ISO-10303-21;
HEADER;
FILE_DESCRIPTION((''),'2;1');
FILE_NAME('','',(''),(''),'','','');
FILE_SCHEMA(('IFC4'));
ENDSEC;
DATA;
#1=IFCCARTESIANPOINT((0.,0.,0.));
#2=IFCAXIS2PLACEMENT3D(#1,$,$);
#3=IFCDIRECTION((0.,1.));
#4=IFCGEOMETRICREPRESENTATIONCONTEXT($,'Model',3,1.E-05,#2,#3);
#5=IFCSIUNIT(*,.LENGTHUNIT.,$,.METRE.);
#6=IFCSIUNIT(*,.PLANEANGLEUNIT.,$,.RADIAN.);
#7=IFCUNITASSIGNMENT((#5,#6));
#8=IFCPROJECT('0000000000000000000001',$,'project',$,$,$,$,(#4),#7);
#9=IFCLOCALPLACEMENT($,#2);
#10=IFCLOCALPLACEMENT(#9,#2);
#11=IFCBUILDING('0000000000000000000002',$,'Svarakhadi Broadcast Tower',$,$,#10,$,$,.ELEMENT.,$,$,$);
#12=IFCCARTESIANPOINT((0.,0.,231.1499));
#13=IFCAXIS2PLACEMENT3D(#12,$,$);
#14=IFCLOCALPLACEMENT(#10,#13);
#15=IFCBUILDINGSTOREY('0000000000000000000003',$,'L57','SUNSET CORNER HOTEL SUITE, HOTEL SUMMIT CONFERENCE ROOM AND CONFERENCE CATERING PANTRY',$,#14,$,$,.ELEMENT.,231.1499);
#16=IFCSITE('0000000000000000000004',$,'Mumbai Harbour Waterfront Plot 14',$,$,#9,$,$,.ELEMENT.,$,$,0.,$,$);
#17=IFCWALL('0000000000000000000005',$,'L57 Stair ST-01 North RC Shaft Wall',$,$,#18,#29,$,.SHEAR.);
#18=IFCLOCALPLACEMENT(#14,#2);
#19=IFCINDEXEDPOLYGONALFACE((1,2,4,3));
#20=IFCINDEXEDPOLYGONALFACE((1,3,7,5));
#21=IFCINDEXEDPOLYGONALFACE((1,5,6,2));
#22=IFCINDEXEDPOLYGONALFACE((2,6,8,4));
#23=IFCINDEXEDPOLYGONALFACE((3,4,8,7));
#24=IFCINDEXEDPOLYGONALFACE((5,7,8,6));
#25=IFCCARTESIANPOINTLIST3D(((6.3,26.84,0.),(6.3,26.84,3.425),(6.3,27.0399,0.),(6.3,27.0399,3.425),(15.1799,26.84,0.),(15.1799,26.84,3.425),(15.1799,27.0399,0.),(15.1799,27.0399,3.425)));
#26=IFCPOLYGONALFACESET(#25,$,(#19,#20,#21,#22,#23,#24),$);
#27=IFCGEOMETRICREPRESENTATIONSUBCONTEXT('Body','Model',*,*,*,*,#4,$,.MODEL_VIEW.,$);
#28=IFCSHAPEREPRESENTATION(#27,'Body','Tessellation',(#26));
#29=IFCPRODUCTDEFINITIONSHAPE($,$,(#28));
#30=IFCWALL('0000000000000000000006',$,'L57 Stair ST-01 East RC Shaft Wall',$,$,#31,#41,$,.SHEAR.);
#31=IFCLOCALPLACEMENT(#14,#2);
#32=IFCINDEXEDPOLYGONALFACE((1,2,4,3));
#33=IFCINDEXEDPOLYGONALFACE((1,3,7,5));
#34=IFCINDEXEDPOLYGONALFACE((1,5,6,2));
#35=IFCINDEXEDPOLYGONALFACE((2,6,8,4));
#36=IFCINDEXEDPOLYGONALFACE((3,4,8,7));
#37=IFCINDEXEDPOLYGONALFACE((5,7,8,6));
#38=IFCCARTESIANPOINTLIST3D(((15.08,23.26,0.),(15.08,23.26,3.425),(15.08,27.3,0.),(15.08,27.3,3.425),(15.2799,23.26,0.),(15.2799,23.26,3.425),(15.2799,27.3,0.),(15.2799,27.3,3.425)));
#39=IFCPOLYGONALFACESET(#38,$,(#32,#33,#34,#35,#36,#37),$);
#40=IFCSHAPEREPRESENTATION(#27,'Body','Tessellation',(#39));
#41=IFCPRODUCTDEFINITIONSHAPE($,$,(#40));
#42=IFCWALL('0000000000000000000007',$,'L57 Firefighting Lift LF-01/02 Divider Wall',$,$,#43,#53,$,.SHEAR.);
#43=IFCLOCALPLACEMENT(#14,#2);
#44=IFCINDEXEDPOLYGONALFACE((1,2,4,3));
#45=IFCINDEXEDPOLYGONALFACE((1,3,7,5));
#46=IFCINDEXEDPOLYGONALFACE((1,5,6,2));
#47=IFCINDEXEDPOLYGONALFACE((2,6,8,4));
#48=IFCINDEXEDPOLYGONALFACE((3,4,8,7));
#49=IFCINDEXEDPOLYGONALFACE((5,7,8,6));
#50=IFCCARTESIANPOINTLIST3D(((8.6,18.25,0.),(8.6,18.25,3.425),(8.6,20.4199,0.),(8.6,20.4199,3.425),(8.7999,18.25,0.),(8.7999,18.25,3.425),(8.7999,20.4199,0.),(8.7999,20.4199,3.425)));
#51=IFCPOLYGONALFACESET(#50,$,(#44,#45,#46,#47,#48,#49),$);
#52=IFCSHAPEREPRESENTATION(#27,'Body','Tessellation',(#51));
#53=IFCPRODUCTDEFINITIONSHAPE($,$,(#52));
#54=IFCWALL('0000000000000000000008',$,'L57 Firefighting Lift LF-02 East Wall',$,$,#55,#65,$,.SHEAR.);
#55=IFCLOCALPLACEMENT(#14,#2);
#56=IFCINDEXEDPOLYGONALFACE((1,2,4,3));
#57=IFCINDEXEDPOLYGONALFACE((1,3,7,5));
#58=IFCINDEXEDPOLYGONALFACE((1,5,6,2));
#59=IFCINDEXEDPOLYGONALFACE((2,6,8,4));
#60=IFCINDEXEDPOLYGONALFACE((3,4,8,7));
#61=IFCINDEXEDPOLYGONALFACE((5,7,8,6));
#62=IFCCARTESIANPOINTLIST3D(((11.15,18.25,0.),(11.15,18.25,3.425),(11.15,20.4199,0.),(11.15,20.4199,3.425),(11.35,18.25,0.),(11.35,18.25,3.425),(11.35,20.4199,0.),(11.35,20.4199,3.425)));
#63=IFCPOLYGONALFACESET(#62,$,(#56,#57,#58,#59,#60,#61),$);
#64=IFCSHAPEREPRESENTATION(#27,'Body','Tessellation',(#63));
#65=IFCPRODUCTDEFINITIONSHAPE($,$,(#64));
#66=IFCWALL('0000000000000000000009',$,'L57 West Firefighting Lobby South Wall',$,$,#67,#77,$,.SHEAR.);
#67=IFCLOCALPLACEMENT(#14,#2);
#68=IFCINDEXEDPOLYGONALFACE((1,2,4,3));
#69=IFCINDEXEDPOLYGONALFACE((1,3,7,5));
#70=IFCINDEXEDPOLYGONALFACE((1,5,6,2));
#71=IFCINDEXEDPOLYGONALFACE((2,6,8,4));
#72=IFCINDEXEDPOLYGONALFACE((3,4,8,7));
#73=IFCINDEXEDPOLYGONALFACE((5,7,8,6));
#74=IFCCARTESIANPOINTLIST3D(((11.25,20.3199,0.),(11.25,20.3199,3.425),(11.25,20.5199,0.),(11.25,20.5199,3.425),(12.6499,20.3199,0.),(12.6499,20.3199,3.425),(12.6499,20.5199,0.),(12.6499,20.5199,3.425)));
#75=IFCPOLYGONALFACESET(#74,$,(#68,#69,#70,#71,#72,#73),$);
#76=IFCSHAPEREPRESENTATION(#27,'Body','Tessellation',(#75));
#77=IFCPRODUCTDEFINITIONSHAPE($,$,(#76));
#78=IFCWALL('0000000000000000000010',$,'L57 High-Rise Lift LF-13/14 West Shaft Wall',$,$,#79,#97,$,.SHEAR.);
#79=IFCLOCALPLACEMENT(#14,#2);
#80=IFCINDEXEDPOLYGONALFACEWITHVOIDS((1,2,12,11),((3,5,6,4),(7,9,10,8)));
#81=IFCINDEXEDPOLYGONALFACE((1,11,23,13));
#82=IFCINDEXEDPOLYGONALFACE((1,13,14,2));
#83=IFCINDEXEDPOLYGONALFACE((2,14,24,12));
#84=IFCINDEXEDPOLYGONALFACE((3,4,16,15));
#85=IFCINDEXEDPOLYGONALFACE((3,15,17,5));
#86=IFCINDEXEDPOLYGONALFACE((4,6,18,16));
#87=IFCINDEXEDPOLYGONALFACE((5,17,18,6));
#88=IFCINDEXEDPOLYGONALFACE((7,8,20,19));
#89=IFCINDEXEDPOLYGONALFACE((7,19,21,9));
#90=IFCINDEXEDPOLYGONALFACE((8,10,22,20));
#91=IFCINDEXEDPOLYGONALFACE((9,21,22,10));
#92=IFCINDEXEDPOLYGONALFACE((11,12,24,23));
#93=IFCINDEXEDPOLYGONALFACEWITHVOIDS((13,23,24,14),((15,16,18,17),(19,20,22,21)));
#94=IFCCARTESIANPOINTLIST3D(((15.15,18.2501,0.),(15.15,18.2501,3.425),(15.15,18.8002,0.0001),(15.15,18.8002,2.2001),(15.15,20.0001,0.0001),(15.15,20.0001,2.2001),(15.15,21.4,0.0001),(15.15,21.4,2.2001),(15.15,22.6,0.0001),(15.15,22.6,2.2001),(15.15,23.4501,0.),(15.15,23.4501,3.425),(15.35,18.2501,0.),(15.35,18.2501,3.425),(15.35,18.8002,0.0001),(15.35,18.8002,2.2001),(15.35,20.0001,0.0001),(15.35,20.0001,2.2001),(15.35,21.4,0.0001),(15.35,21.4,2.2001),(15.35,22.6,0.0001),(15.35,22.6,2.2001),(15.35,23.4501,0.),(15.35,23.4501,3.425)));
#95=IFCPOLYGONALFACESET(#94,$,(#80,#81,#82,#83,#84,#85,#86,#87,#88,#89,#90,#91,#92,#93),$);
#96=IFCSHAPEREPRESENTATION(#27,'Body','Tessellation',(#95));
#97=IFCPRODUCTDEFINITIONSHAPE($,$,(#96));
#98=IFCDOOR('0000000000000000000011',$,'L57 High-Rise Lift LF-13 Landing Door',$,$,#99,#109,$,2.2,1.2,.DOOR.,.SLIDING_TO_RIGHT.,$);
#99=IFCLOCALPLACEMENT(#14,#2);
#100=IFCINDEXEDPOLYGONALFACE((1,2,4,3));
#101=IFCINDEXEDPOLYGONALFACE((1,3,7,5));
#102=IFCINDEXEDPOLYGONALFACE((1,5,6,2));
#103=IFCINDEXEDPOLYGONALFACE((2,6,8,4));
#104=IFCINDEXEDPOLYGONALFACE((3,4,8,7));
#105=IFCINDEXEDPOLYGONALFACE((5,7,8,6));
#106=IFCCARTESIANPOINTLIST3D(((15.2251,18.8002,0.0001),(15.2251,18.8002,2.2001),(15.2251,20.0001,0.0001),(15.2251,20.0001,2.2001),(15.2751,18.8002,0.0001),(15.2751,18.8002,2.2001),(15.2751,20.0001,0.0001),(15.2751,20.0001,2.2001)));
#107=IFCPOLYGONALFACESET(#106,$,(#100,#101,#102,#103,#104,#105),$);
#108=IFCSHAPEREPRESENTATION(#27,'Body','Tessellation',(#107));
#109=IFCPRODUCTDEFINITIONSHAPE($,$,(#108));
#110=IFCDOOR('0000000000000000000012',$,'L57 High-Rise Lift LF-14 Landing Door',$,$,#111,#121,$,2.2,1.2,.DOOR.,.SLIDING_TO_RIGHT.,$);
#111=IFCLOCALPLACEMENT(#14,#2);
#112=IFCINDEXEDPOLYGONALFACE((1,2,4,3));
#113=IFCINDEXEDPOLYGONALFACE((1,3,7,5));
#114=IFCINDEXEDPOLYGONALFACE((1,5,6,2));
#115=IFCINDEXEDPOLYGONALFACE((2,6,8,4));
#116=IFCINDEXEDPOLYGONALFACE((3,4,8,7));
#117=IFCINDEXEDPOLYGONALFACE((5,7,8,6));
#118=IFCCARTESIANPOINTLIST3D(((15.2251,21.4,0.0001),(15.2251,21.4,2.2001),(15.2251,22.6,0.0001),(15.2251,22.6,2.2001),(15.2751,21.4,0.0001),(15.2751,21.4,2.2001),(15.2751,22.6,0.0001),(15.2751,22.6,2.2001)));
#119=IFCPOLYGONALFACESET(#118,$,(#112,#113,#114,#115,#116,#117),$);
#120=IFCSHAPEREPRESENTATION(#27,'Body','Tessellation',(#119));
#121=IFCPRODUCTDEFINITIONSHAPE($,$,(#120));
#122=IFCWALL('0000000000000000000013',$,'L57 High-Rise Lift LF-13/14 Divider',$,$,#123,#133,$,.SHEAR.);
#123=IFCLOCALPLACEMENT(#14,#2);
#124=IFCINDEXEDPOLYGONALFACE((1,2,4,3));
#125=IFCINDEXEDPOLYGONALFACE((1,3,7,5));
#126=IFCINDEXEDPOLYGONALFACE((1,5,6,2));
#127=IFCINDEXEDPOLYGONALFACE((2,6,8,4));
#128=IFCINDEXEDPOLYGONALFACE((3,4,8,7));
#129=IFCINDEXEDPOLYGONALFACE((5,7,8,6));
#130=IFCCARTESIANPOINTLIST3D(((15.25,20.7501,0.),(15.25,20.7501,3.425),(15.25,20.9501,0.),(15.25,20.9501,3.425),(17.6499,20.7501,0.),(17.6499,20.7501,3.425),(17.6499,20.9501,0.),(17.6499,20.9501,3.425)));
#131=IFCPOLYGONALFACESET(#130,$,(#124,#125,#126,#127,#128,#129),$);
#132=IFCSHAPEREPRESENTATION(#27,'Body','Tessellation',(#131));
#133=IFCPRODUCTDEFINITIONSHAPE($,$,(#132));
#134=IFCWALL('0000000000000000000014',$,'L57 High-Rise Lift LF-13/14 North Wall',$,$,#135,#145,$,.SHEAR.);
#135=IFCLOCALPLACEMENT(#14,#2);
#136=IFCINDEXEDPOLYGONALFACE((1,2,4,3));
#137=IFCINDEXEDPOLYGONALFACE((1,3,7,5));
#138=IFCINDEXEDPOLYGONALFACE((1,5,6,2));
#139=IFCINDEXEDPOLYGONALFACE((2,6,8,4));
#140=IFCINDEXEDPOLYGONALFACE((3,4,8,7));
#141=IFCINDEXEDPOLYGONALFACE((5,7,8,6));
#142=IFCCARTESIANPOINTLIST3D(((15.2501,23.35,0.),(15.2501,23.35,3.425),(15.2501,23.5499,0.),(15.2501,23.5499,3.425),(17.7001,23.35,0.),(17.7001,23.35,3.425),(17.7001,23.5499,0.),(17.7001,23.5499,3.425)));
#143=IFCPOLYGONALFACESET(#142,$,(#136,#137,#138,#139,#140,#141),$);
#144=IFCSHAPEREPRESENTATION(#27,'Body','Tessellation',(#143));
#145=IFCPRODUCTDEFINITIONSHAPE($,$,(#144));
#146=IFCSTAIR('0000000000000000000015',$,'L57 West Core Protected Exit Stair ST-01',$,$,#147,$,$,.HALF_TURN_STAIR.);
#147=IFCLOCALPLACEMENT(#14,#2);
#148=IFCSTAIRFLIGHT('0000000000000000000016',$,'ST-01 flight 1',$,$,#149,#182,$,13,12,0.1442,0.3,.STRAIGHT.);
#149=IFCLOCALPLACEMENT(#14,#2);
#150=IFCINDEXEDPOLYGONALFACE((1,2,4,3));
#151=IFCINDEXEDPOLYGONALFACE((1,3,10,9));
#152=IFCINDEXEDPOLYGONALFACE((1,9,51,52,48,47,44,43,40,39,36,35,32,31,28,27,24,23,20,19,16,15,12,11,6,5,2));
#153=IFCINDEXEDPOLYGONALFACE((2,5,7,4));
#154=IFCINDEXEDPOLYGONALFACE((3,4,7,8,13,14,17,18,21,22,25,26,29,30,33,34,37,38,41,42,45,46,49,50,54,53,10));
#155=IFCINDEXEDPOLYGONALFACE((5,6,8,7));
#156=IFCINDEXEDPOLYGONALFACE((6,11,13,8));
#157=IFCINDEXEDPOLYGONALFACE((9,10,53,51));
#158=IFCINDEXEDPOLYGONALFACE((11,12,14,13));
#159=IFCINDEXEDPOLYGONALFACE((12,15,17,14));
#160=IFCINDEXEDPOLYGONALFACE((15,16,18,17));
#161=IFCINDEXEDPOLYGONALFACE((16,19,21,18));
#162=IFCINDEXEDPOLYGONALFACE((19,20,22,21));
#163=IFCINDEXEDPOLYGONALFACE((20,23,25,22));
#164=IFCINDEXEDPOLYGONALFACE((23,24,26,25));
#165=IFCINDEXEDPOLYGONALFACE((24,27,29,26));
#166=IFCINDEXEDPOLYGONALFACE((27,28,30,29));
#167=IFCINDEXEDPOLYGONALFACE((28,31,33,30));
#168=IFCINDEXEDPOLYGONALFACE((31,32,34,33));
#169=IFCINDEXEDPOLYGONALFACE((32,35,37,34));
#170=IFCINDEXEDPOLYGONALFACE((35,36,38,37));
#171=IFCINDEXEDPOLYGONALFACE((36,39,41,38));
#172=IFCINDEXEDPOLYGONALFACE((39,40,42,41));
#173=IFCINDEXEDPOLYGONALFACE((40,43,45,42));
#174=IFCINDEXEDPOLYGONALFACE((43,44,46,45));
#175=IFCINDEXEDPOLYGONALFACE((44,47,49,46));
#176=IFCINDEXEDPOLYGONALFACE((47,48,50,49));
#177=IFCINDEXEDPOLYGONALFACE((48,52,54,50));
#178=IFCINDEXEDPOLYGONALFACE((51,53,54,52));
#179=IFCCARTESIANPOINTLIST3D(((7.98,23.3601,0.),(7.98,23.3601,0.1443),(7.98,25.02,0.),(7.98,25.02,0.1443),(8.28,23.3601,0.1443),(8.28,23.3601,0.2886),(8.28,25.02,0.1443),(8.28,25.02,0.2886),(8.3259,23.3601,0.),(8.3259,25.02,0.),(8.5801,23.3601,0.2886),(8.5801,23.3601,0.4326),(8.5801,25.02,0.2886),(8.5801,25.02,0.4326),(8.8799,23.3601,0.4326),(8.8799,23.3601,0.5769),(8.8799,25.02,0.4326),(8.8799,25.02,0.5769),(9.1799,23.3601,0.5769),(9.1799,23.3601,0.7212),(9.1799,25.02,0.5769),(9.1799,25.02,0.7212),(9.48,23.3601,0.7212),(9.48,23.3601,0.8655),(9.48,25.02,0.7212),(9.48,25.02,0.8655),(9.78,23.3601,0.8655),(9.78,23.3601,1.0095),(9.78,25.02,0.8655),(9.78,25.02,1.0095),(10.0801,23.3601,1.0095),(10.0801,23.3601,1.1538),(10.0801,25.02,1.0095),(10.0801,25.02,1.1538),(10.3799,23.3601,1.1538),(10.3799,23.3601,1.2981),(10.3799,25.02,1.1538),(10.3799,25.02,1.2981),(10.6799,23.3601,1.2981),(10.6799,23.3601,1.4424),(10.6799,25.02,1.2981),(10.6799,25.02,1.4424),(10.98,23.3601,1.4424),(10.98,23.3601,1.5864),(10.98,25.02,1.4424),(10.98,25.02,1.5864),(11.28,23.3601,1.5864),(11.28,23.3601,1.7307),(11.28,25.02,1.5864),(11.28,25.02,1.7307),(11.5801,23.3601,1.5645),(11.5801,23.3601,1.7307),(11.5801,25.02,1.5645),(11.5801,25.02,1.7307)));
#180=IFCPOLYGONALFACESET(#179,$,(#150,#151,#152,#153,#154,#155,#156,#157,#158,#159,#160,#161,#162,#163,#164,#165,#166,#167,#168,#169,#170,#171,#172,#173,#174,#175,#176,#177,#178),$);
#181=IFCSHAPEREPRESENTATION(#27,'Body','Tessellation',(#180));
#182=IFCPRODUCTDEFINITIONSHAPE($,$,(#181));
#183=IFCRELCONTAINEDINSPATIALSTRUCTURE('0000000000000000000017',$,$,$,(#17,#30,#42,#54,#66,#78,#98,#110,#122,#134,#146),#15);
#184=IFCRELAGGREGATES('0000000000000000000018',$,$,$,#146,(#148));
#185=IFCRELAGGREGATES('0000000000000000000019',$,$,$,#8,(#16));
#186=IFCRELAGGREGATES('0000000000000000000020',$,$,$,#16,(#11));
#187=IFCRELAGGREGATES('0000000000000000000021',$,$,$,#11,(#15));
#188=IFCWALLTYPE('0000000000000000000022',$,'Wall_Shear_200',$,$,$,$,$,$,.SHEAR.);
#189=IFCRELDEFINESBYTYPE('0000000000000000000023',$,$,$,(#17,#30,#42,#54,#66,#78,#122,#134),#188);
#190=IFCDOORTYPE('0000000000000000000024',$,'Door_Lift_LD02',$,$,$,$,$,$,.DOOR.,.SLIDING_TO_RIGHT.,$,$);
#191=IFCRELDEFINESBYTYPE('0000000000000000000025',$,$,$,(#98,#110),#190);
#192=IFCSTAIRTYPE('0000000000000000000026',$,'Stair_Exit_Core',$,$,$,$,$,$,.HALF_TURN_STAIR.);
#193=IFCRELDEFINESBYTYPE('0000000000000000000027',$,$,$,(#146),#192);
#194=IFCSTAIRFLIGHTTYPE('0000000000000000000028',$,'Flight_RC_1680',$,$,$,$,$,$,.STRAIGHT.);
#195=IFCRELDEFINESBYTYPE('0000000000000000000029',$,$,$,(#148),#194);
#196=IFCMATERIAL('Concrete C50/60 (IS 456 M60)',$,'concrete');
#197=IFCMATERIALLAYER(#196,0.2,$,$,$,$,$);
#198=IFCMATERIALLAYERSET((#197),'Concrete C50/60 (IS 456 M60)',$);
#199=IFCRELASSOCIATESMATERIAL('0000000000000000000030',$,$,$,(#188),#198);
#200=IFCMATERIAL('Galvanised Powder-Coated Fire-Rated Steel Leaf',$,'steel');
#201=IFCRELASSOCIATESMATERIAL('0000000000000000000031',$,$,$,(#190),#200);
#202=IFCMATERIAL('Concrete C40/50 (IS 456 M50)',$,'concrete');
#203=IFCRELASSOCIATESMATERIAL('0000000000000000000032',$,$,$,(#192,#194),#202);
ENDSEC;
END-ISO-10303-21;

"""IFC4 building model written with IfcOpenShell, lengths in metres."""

from ifc_helpers import new_model, si_unit, direction, frame, frame_2d, origin, place, context, subcontext, project, spatial, polyline, rectangle, outline, extrude, material, layer, layer_set, type_object, element, fill, aggregate, save


model = new_model("IFC4")

# Units and contexts
model_context = context("Model", 3, precision=1e-05, world=origin(), true_north=direction((0.0, 1.0)))
body_context = subcontext(model_context, "Body", "Model", "MODEL_VIEW")
ifc_project = project(units=[si_unit("LENGTHUNIT", "METRE"), si_unit("PLANEANGLEUNIT", "RADIAN")], contexts=[model_context])

# Site, building, storey
site_placement = place(None, origin())
site = spatial("IfcSite", under=ifc_project, at=site_placement, Name="Mumbai Harbour Waterfront Plot 14", CompositionType="ELEMENT", RefElevation=0.0)
building_placement = place(site_placement, origin())
building = spatial("IfcBuilding", under=site, at=building_placement, Name="Svarakhadi Broadcast Tower", CompositionType="ELEMENT")
storey_placement = place(building_placement, frame((0.0, 0.0, 231.1499)))
storey = spatial("IfcBuildingStorey", under=building, at=storey_placement, Name="L57", Description="SUNSET CORNER HOTEL SUITE, HOTEL SUMMIT CONFERENCE ROOM AND CONFERENCE CATERING PANTRY", CompositionType="ELEMENT", Elevation=231.1499)

# Shared definitions
ifc_material_1 = material(Name="Concrete C50/60 (IS 456 M60)", Category="concrete")

# Shared definitions
ifc_material_2 = material(Name="Concrete C40/50 (IS 456 M50)", Category="concrete")

# Walls
ifc_layer_1 = layer(ifc_material_1, 0.2)
ifc_layer_set_1 = layer_set([ifc_layer_1], Name="Concrete C50/60 (IS 456 M60)")
wall_type_1 = type_object("IfcWallType", Name="Wall_Shear_200", PredefinedType="SHEAR", material=ifc_layer_set_1)
wall_1_placement = place(storey_placement, frame((6.3, 26.9399, 0.0), z_axis=(0.0, 0.0, 1.0), x_axis=(1.0, 0.0, 0.0)))
element("IfcWall", 1, at=wall_1_placement, inside=storey, type_object=wall_type_1, Name="L57 Stair ST-01 North RC Shaft Wall", PredefinedType="SHEAR", context=body_context, shape_type="SweptSolid", body=[
    extrude(rectangle(XDim=8.8799, YDim=0.2, at=frame_2d((4.4399, 0.0))), origin(), (0.0, 0.0, 1.0), 3.425),
])
wall_2_placement = place(storey_placement, frame((15.1799, 23.26, 0.0), z_axis=(0.0, 0.0, 1.0), x_axis=(0.0, 1.0, 0.0)))
element("IfcWall", 2, at=wall_2_placement, inside=storey, type_object=wall_type_1, Name="L57 Stair ST-01 East RC Shaft Wall", PredefinedType="SHEAR", context=body_context, shape_type="SweptSolid", body=[
    extrude(rectangle(XDim=4.04, YDim=0.2, at=frame_2d((2.02, 0.0))), origin(), (0.0, 0.0, 1.0), 3.425),
])
for number, where, z_axis, x_axis, name in (
    (3, (8.7, 18.25, 0.0), (0.0, 0.0, 1.0), (0.0, 1.0, 0.0), "L57 Firefighting Lift LF-01/02 Divider Wall"),
    (4, (11.25, 18.25, 0.0), (0.0, 0.0, 1.0), (0.0, 1.0, 0.0), "L57 Firefighting Lift LF-02 East Wall"),
):
    element("IfcWall", number, at=place(storey_placement, frame(where, z_axis=z_axis, x_axis=x_axis)), inside=storey, type_object=wall_type_1, Name=name, PredefinedType="SHEAR", context=body_context, shape_type="SweptSolid", body=[
        extrude(rectangle(XDim=2.1699, YDim=0.2, at=frame_2d((1.085, 0.0))), origin(), (0.0, 0.0, 1.0), 3.425),
    ])
wall_3_placement = place(storey_placement, frame((11.25, 20.4199, 0.0), z_axis=(0.0, 0.0, 1.0), x_axis=(1.0, 0.0, 0.0)))
element("IfcWall", 5, at=wall_3_placement, inside=storey, type_object=wall_type_1, Name="L57 West Firefighting Lobby South Wall", PredefinedType="SHEAR", context=body_context, shape_type="SweptSolid", body=[
    extrude(rectangle(XDim=1.3999, YDim=0.2, at=frame_2d((0.7, 0.0))), origin(), (0.0, 0.0, 1.0), 3.425),
])

# Shared definitions
ifc_material_3 = material(Name="Galvanised Powder-Coated Fire-Rated Steel Leaf", Category="steel")

# Wall, openings, doors
wall_4_placement = place(storey_placement, frame((15.25, 18.25, 0.0), z_axis=(0.0, 0.0, 1.0), x_axis=(0.0, 1.0, 0.0)))
wall_4 = element("IfcWall", 6, at=wall_4_placement, inside=storey, type_object=wall_type_1, Name="L57 High-Rise Lift LF-13/14 West Shaft Wall", PredefinedType="SHEAR", context=body_context, shape_type="SweptSolid", body=[
    extrude(rectangle(XDim=5.2, YDim=0.2, at=frame_2d((2.6001, 0.0))), origin(), (0.0, 0.0, 1.0), 3.425),
])
opening_1_placement = place(wall_4_placement, frame((0.55, 0.0, 0.0)))
opening_1 = element("IfcOpeningElement", 7, at=opening_1_placement, cuts=wall_4, PredefinedType="OPENING", context=body_context, shape_type="SweptSolid", body=[
    extrude(rectangle(XDim=1.2, YDim=2.2, at=frame_2d((0.6001, 1.1001))), frame((0.0, 0.1099, 0.0), z_axis=(0.0, -1.0, 0.0), x_axis=(1.0, 0.0, 0.0)), (0.0, 0.0, 1.0), 0.22),
])
opening_2_placement = place(wall_4_placement, frame((3.1499, 0.0, 0.0)))
opening_2 = element("IfcOpeningElement", 8, at=opening_2_placement, cuts=wall_4, PredefinedType="OPENING", context=body_context, shape_type="SweptSolid", body=[
    extrude(rectangle(XDim=1.2, YDim=2.2, at=frame_2d((0.6001, 1.1001))), frame((0.0, 0.1099, 0.0), z_axis=(0.0, -1.0, 0.0), x_axis=(1.0, 0.0, 0.0)), (0.0, 0.0, 1.0), 0.22),
])
door_type_1 = type_object("IfcDoorType", Name="Door_Lift_LD02", OperationType="SLIDING_TO_RIGHT", PredefinedType="DOOR", material=ifc_material_3)
door_1_placement = place(opening_1_placement, origin())
door_1 = element("IfcDoor", 9, at=door_1_placement, inside=storey, type_object=door_type_1, Name="L57 High-Rise Lift LF-13 Landing Door", OperationType="SLIDING_TO_RIGHT", OverallHeight=2.2, OverallWidth=1.2, PredefinedType="DOOR", context=body_context, shape_type="SweptSolid", body=[
    extrude(rectangle(XDim=1.2, YDim=2.2, at=frame_2d((0.6001, 1.1001))), frame((0.0, 0.0249, 0.0), z_axis=(0.0, -1.0, 0.0), x_axis=(1.0, 0.0, 0.0)), (0.0, 0.0, 1.0), 0.05),
])
fill(opening_1, door_1)
door_2_placement = place(opening_2_placement, origin())
door_2 = element("IfcDoor", 10, at=door_2_placement, inside=storey, type_object=door_type_1, Name="L57 High-Rise Lift LF-14 Landing Door", OperationType="SLIDING_TO_RIGHT", OverallHeight=2.2, OverallWidth=1.2, PredefinedType="DOOR", context=body_context, shape_type="SweptSolid", body=[
    extrude(rectangle(XDim=1.2, YDim=2.2, at=frame_2d((0.6001, 1.1001))), frame((0.0, 0.0249, 0.0), z_axis=(0.0, -1.0, 0.0), x_axis=(1.0, 0.0, 0.0)), (0.0, 0.0, 1.0), 0.05),
])
fill(opening_2, door_2)

# Walls
wall_5_placement = place(storey_placement, frame((15.25, 20.8501, 0.0), z_axis=(0.0, 0.0, 1.0), x_axis=(1.0, 0.0, 0.0)))
element("IfcWall", 11, at=wall_5_placement, inside=storey, type_object=wall_type_1, Name="L57 High-Rise Lift LF-13/14 Divider", PredefinedType="SHEAR", context=body_context, shape_type="SweptSolid", body=[
    extrude(rectangle(XDim=2.3999, YDim=0.2, at=frame_2d((1.2, 0.0))), origin(), (0.0, 0.0, 1.0), 3.425),
])
wall_6_placement = place(storey_placement, frame((15.25, 23.45, 0.0), z_axis=(0.0, 0.0, 1.0), x_axis=(1.0, 0.0, 0.0)))
element("IfcWall", 12, at=wall_6_placement, inside=storey, type_object=wall_type_1, Name="L57 High-Rise Lift LF-13/14 North Wall", PredefinedType="SHEAR", context=body_context, shape_type="SweptSolid", body=[
    extrude(rectangle(XDim=2.45, YDim=0.2, at=frame_2d((1.2251, 0.0))), origin(), (0.0, 0.0, 1.0), 3.425),
])

# Stair, stair flight
stair_type = type_object("IfcStairType", Name="Stair_Exit_Core", PredefinedType="HALF_TURN_STAIR", material=ifc_material_2)
stair_placement = place(storey_placement, origin())
stair = element("IfcStair", 13, at=stair_placement, inside=storey, type_object=stair_type, Name="L57 West Core Protected Exit Stair ST-01", PredefinedType="HALF_TURN_STAIR")
stair_flight_type = type_object("IfcStairFlightType", Name="Flight_RC_1680", PredefinedType="STRAIGHT", material=ifc_material_2)
stair_flight_1_placement = place(storey_placement, frame((7.98, 24.1899, 0.0), z_axis=(0.0, 0.0, 1.0), x_axis=(1.0, 0.0, 0.0)))
stair_flight_1 = element("IfcStairFlight", 14, at=stair_flight_1_placement, type_object=stair_flight_type, Name="ST-01 flight 1", NumberOfRisers=13, NumberOfTreads=12, PredefinedType="STRAIGHT", RiserHeight=0.1442, TreadLength=0.3, context=body_context, shape_type="SweptSolid", body=[
    extrude(outline(polyline([(0.0, 0.0), (0.0, 0.1443), (0.3, 0.1443), (0.3, 0.2886), (0.6001, 0.2886), (0.6001, 0.4326), (0.8999, 0.4326), (0.8999, 0.5769), (1.2, 0.5769), (1.2, 0.7212), (1.5, 0.7212), (1.5, 0.8655), (1.8, 0.8655), (1.8, 1.0095), (2.1001, 1.0095), (2.1001, 1.1538), (2.3999, 1.1538), (2.3999, 1.2981), (2.7, 1.2981), (2.7, 1.4424), (3.0, 1.4424), (3.0, 1.5864), (3.3, 1.5864), (3.3, 1.7307), (3.6001, 1.7307), (3.6001, 1.875), (3.6001, 1.5645), (0.3459, 0.0), (0.0, 0.0)])), frame((0.0, 0.8301, 0.0), z_axis=(0.0, -1.0, 0.0), x_axis=(1.0, 0.0, 0.0)), (0.0, 0.0, 1.0), 1.6599),
])
aggregate(stair, [stair_flight_1])

save(model, "model.ifc")
